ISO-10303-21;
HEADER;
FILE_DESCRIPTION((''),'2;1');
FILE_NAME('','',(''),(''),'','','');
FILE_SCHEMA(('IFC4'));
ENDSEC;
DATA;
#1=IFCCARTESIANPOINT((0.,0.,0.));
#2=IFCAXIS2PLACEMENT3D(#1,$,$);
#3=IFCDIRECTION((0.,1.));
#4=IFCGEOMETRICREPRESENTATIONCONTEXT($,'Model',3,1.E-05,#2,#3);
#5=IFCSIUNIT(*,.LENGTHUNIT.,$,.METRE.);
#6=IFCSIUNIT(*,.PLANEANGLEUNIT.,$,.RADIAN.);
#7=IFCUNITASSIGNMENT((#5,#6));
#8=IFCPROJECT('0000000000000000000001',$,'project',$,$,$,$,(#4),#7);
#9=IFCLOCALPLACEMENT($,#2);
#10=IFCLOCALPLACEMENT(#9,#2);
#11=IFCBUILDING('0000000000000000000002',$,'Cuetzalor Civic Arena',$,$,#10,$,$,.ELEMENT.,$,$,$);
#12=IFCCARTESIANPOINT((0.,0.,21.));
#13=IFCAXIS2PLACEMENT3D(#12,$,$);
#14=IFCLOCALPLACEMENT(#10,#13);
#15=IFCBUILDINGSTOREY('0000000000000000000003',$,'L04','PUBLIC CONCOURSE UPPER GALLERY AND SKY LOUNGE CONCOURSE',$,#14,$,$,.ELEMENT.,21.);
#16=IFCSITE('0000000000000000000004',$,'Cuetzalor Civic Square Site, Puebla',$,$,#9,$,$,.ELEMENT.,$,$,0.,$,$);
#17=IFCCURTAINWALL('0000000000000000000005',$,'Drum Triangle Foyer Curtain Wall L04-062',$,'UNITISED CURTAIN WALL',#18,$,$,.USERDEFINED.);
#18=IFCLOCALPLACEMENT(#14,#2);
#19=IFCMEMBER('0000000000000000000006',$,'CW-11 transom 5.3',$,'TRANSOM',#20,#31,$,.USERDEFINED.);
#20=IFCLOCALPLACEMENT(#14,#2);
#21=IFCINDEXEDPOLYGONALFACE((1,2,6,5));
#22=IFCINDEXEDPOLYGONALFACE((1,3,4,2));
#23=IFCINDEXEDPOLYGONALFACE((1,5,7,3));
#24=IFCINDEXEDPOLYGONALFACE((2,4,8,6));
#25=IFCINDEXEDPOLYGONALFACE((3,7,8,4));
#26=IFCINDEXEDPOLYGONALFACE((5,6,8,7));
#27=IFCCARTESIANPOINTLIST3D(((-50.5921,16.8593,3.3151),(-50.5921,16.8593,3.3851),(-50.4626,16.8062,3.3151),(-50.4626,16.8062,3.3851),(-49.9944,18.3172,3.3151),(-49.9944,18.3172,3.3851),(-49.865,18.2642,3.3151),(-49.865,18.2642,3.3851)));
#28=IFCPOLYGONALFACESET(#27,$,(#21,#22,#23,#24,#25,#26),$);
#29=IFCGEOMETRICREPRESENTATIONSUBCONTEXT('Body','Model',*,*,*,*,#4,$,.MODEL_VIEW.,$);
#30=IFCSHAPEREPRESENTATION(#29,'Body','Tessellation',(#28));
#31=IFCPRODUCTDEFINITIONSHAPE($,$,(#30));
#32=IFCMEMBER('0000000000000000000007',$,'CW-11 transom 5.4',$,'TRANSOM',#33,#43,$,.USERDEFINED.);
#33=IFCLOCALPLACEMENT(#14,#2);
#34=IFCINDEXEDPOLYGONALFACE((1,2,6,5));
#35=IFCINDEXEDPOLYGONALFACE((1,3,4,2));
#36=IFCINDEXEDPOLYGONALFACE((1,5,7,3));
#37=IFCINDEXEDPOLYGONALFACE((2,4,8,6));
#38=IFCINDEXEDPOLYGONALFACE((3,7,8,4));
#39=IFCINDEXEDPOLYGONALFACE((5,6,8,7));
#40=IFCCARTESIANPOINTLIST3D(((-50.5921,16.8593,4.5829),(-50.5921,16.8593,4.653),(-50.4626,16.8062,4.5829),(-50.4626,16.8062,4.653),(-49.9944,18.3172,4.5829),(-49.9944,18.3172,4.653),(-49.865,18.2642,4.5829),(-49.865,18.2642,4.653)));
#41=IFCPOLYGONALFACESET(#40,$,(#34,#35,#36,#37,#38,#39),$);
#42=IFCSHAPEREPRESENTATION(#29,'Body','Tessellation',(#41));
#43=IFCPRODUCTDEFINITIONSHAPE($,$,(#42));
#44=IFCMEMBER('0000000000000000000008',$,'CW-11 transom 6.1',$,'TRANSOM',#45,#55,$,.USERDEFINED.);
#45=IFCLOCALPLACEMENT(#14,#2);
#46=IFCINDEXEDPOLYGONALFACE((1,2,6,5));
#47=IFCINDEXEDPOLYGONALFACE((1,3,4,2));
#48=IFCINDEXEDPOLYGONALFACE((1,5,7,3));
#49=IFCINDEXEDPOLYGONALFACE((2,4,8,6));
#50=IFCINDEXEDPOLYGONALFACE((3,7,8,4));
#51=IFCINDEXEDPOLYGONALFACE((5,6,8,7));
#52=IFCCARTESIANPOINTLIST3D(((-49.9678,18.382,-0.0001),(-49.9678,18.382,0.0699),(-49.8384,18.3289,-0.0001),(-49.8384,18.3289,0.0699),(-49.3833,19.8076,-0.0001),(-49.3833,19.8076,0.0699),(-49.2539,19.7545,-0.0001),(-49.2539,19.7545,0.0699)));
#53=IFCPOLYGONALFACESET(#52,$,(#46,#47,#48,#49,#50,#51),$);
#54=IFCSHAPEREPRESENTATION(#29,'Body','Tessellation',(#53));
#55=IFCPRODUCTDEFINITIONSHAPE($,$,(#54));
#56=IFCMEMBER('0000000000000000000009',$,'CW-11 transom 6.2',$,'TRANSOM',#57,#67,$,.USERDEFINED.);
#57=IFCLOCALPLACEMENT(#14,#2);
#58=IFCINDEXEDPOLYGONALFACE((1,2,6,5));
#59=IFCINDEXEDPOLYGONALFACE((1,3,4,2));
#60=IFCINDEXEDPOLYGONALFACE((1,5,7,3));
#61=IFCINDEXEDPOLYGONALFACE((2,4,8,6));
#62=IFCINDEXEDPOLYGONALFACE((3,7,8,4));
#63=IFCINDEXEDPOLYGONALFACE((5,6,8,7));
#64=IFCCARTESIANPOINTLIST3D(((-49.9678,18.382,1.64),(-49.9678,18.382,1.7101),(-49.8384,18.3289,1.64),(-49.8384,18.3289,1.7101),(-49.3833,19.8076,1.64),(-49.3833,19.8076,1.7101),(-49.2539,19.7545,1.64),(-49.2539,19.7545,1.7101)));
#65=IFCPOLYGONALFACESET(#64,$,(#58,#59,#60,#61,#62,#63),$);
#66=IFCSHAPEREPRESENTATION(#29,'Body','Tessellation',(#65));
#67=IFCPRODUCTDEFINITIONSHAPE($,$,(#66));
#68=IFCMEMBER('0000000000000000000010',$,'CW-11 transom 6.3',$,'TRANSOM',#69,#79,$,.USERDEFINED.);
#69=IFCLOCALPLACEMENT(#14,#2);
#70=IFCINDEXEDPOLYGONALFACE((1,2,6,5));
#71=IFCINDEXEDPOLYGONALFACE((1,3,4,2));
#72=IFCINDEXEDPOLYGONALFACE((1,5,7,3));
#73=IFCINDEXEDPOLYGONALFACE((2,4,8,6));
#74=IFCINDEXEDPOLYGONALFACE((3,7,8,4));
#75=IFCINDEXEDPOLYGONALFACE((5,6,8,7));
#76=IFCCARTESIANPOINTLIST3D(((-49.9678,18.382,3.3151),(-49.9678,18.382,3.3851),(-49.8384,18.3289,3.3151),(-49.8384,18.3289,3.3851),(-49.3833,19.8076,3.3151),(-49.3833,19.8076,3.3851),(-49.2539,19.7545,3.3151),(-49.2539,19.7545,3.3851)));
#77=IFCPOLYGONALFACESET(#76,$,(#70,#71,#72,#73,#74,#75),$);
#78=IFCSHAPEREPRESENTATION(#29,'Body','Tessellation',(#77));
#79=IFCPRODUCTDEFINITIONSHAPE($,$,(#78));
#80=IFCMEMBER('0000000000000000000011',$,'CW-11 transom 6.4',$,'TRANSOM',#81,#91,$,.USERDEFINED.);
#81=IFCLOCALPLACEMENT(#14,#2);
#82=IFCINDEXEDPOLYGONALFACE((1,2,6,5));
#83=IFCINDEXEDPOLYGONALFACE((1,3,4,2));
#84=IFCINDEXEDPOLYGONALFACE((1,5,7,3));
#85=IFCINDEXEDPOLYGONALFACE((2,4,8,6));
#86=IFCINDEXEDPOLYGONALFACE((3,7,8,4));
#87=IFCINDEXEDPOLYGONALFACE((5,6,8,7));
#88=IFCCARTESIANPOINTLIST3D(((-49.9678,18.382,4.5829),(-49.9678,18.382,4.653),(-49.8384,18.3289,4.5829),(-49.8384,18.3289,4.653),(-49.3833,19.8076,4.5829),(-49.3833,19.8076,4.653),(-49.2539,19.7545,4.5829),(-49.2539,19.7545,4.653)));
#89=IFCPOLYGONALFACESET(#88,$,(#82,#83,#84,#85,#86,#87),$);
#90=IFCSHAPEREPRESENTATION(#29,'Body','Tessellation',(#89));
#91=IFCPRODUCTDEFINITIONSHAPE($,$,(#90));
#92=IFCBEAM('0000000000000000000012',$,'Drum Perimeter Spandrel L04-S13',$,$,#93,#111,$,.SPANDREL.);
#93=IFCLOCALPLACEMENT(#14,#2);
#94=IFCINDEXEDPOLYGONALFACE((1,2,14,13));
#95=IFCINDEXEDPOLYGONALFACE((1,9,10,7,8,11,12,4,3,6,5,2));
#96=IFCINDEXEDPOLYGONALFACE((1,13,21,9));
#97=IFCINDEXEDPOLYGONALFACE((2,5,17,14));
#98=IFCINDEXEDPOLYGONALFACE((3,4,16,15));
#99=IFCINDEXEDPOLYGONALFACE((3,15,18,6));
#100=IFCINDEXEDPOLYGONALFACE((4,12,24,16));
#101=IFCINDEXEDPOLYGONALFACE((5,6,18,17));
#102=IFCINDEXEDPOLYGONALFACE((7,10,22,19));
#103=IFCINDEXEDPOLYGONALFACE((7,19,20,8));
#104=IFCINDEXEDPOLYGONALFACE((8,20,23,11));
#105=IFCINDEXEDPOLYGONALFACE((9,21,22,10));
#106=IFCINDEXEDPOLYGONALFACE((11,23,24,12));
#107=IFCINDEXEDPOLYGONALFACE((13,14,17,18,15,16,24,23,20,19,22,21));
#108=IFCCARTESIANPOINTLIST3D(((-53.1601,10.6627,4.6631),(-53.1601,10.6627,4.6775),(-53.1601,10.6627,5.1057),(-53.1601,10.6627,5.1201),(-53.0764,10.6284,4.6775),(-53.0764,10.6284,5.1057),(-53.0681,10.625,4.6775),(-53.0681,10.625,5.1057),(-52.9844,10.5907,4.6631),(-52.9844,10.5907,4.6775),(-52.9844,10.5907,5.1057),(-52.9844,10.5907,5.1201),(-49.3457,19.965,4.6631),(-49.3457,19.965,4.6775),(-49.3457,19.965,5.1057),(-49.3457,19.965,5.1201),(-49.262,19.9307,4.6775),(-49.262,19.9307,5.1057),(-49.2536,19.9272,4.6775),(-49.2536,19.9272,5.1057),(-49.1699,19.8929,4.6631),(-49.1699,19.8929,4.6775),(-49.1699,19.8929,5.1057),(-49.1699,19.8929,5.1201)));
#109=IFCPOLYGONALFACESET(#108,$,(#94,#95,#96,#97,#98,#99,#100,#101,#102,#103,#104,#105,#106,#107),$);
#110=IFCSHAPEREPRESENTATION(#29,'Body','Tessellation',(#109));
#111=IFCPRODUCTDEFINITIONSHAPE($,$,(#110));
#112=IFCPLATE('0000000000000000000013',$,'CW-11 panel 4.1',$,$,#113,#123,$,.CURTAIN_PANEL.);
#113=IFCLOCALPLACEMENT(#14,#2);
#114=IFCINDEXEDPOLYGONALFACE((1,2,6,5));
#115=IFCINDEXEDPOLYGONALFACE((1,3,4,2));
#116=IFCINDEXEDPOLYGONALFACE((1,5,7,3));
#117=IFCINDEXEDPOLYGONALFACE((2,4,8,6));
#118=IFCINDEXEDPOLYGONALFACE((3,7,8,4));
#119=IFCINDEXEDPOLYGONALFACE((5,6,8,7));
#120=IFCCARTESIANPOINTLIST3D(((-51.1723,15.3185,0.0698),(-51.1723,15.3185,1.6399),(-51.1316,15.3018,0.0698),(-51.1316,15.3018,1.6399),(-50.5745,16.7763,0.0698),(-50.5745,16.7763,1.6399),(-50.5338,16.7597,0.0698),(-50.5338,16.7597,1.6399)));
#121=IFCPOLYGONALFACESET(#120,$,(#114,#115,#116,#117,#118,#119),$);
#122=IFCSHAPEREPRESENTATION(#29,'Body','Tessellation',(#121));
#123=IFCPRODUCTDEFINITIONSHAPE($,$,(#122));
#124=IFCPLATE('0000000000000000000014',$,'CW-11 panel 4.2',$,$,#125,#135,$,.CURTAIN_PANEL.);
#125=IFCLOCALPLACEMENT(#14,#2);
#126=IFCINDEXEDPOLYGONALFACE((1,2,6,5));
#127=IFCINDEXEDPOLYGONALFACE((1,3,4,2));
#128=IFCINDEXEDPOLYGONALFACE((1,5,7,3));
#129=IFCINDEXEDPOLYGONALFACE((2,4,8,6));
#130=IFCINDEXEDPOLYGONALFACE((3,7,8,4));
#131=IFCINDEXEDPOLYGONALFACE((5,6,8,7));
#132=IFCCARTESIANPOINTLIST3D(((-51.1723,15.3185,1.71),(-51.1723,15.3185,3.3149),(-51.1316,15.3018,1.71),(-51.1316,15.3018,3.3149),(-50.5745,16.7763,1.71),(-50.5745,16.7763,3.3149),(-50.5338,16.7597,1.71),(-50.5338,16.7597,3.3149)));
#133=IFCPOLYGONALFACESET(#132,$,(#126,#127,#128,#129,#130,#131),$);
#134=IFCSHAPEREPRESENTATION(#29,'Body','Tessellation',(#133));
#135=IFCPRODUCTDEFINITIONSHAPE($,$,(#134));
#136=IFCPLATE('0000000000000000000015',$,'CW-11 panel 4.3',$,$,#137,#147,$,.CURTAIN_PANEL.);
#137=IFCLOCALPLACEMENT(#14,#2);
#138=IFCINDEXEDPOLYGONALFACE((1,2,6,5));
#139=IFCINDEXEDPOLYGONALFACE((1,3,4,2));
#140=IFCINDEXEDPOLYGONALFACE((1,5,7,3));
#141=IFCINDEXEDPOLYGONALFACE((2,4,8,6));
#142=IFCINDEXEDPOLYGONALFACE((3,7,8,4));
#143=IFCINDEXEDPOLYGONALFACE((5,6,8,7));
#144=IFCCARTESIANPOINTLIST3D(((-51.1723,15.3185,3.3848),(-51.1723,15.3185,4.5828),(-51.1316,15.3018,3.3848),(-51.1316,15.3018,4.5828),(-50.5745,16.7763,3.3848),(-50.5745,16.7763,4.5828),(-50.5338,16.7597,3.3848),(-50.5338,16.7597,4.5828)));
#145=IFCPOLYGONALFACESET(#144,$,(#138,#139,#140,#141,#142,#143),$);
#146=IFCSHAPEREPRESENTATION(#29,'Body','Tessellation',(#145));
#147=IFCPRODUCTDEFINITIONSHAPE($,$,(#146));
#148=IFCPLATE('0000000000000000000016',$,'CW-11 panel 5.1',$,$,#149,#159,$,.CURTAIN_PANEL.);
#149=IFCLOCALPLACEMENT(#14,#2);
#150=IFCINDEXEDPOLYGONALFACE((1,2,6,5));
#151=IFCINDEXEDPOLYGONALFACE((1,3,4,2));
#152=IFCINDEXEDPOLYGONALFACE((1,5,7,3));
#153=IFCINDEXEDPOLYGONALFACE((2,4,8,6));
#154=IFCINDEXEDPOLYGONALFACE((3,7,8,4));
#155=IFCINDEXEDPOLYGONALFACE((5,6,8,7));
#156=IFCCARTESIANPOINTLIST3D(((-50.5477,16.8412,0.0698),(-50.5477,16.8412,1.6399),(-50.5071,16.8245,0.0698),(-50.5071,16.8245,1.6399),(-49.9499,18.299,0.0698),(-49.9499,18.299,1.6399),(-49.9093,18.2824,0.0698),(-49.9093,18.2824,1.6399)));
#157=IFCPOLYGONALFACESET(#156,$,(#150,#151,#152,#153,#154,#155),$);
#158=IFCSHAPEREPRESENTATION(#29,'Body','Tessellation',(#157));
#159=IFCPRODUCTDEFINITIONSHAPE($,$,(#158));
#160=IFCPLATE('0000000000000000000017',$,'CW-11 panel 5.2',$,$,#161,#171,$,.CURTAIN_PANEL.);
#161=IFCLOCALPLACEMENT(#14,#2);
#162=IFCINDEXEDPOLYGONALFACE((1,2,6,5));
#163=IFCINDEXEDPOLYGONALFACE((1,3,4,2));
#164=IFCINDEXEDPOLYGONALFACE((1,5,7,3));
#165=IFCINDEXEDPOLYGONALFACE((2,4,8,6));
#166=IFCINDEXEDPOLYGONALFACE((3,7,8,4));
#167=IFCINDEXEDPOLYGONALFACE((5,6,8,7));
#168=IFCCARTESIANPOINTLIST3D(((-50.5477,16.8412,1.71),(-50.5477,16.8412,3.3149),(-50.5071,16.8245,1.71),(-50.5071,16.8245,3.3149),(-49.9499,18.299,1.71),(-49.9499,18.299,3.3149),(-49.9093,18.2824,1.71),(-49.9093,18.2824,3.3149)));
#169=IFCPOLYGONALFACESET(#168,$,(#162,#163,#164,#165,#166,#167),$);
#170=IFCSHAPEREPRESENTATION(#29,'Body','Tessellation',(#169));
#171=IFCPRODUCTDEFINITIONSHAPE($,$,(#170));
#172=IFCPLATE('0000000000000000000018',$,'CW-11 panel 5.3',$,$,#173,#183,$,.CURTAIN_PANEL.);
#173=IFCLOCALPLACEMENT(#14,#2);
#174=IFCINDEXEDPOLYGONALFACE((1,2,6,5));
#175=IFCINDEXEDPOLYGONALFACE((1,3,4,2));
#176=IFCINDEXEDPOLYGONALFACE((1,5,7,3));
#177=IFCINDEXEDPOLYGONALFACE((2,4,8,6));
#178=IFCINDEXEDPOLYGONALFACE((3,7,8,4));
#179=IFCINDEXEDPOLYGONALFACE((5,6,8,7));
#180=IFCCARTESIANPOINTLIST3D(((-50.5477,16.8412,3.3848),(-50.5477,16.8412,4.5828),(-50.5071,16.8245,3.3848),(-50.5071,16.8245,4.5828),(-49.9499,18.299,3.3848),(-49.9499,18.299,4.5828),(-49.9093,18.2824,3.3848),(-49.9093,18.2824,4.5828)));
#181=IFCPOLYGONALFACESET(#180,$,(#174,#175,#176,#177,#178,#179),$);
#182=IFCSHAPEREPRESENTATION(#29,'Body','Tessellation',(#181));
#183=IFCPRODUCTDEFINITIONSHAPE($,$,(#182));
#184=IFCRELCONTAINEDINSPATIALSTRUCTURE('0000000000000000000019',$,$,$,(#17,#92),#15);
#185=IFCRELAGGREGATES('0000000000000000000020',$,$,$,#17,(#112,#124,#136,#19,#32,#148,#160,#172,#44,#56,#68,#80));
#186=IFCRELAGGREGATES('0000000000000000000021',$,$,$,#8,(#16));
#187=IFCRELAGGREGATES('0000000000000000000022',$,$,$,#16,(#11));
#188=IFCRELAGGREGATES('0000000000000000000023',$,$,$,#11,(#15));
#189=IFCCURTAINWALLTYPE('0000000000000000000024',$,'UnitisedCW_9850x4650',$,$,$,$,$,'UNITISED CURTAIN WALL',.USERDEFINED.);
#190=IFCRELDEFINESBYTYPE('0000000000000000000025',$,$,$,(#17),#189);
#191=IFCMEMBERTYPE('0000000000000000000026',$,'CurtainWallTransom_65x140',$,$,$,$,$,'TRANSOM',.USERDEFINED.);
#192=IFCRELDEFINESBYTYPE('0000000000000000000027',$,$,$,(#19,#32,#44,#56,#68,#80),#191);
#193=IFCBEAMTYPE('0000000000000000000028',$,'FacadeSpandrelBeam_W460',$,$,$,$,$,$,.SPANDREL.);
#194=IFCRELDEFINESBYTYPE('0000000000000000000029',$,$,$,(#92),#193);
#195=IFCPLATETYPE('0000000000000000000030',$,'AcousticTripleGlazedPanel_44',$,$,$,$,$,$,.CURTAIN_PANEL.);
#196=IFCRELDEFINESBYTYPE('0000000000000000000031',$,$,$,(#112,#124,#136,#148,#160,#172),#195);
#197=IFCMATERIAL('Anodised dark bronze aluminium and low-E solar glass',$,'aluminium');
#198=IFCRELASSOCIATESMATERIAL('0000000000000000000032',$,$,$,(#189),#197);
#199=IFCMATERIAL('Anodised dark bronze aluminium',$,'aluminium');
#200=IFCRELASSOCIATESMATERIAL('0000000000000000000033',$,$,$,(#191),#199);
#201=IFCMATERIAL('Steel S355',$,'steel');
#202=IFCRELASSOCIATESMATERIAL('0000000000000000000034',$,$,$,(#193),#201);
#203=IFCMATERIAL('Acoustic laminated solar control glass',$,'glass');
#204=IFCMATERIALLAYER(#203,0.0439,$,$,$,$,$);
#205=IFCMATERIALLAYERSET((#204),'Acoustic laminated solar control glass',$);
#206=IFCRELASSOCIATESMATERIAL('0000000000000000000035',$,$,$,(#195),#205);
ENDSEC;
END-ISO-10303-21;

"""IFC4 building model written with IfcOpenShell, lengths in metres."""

from ifc_helpers import new_model, si_unit, direction, frame, origin, origin_2d, place, context, subcontext, project, spatial, rectangle, i_section, extrude, material, layer, layer_set, material_profile, profile_set, type_object, element, aggregate, save


model = new_model("IFC4")

# Units and contexts
model_context = context("Model", 3, precision=1e-05, world=origin(), true_north=direction((0.0, 1.0)))
body_context = subcontext(model_context, "Body", "Model", "MODEL_VIEW")
ifc_project = project(units=[si_unit("LENGTHUNIT", "METRE"), si_unit("PLANEANGLEUNIT", "RADIAN")], contexts=[model_context])

# Site, building, storey
site_placement = place(None, origin())
site = spatial("IfcSite", under=ifc_project, at=site_placement, Name="Cuetzalor Civic Square Site, Puebla", CompositionType="ELEMENT", RefElevation=0.0)
building_placement = place(site_placement, origin())
building = spatial("IfcBuilding", under=site, at=building_placement, Name="Cuetzalor Civic Arena", CompositionType="ELEMENT")
storey_placement = place(building_placement, frame((0.0, 0.0, 21.0)))
storey = spatial("IfcBuildingStorey", under=building, at=storey_placement, Name="L04", Description="PUBLIC CONCOURSE UPPER GALLERY AND SKY LOUNGE CONCOURSE", CompositionType="ELEMENT", Elevation=21.0)

# Curtain wall, members
ifc_material_1 = material(Name="Anodised dark bronze aluminium and low-E solar glass", Category="aluminium")
curtain_wall_type = type_object("IfcCurtainWallType", Name="UnitisedCW_9850x4650", ElementType="UNITISED CURTAIN WALL", PredefinedType="USERDEFINED", material=ifc_material_1)
curtain_wall_placement = place(storey_placement, origin())
curtain_wall = element("IfcCurtainWall", 1, at=curtain_wall_placement, inside=storey, type_object=curtain_wall_type, Name="Drum Triangle Foyer Curtain Wall L04-062", ObjectType="UNITISED CURTAIN WALL", PredefinedType="USERDEFINED")
ifc_material_2 = material(Name="Anodised dark bronze aluminium", Category="aluminium")
ifc_material_profile_1 = material_profile(ifc_material_2, rectangle(XDim=0.1399, YDim=0.0701, at=origin_2d()), Name="ALU TRANSOM 70x140")
ifc_profile_set_1 = profile_set([ifc_material_profile_1], Name="Anodised dark bronze aluminium")
member_type_1 = type_object("IfcMemberType", Name="CurtainWallTransom_65x140", ElementType="TRANSOM", PredefinedType="USERDEFINED", material=ifc_profile_set_1)
member_1_placement = place(storey_placement, frame((-50.5273, 16.8328, 3.3501), z_axis=(0.379284, 0.92528, 0.0), x_axis=(-0.92528, 0.379284, 0.0)))
member_1 = element("IfcMember", 2, at=member_1_placement, type_object=member_type_1, Name="CW-11 transom 5.3", ObjectType="TRANSOM", PredefinedType="USERDEFINED", context=body_context, shape_type="SweptSolid", body=[
    extrude(rectangle(XDim=0.1399, YDim=0.0701, at=origin_2d()), origin(), (0.0, 0.0, 1.0), 1.5757),
])
member_2_placement = place(storey_placement, frame((-50.5273, 16.8328, 4.6179), z_axis=(0.379284, 0.92528, 0.0), x_axis=(-0.92528, 0.379284, 0.0)))
member_2 = element("IfcMember", 3, at=member_2_placement, type_object=member_type_1, Name="CW-11 transom 5.4", ObjectType="TRANSOM", PredefinedType="USERDEFINED", context=body_context, shape_type="SweptSolid", body=[
    extrude(rectangle(XDim=0.1399, YDim=0.0701, at=origin_2d()), origin(), (0.0, 0.0, 1.0), 1.5757),
])
member_3_placement = place(storey_placement, frame((-49.9031, 18.3555, 0.0349), z_axis=(0.379355, 0.925251, 0.0), x_axis=(-0.925251, 0.379355, 0.0)))
member_3 = element("IfcMember", 4, at=member_3_placement, type_object=member_type_1, Name="CW-11 transom 6.1", ObjectType="TRANSOM", PredefinedType="USERDEFINED", context=body_context, shape_type="SweptSolid", body=[
    extrude(rectangle(XDim=0.1399, YDim=0.0701, at=origin_2d()), origin(), (0.0, 0.0, 1.0), 1.5408),
])
member_4_placement = place(storey_placement, frame((-49.9031, 18.3555, 1.675), z_axis=(0.379355, 0.925251, 0.0), x_axis=(-0.925251, 0.379355, 0.0)))
member_4 = element("IfcMember", 5, at=member_4_placement, type_object=member_type_1, Name="CW-11 transom 6.2", ObjectType="TRANSOM", PredefinedType="USERDEFINED", context=body_context, shape_type="SweptSolid", body=[
    extrude(rectangle(XDim=0.1399, YDim=0.0701, at=origin_2d()), origin(), (0.0, 0.0, 1.0), 1.5408),
])
member_5_placement = place(storey_placement, frame((-49.9031, 18.3555, 3.3501), z_axis=(0.379355, 0.925251, 0.0), x_axis=(-0.925251, 0.379355, 0.0)))
member_5 = element("IfcMember", 6, at=member_5_placement, type_object=member_type_1, Name="CW-11 transom 6.3", ObjectType="TRANSOM", PredefinedType="USERDEFINED", context=body_context, shape_type="SweptSolid", body=[
    extrude(rectangle(XDim=0.1399, YDim=0.0701, at=origin_2d()), origin(), (0.0, 0.0, 1.0), 1.5408),
])
member_6_placement = place(storey_placement, frame((-49.9031, 18.3555, 4.6179), z_axis=(0.379355, 0.925251, 0.0), x_axis=(-0.925251, 0.379355, 0.0)))
member_6 = element("IfcMember", 7, at=member_6_placement, type_object=member_type_1, Name="CW-11 transom 6.4", ObjectType="TRANSOM", PredefinedType="USERDEFINED", context=body_context, shape_type="SweptSolid", body=[
    extrude(rectangle(XDim=0.1399, YDim=0.0701, at=origin_2d()), origin(), (0.0, 0.0, 1.0), 1.5408),
])

# Beam
ifc_material_3 = material(Name="Steel S355", Category="steel")
ifc_material_profile_2 = material_profile(ifc_material_3, i_section(OverallWidth=0.1899, OverallDepth=0.457, WebThickness=0.009, FlangeThickness=0.0144, at=origin_2d()), Name="W460x74")
ifc_profile_set_2 = profile_set([ifc_material_profile_2], Name="Steel S355")
beam_type = type_object("IfcBeamType", Name="FacadeSpandrelBeam_W460", PredefinedType="SPANDREL", material=ifc_profile_set_2)
beam_placement = place(storey_placement, frame((-49.2578, 19.929, 4.8916), z_axis=(-0.379399, -0.925233, 0.0), x_axis=(0.925233, -0.379399, 0.0)))
element("IfcBeam", 8, at=beam_placement, inside=storey, type_object=beam_type, Name="Drum Perimeter Spandrel L04-S13", PredefinedType="SPANDREL", context=body_context, shape_type="SweptSolid", body=[
    extrude(i_section(OverallWidth=0.1899, OverallDepth=0.457, WebThickness=0.009, FlangeThickness=0.0144, at=origin_2d()), origin(), (0.0, 0.0, 1.0), 10.054),
])

# Plates
ifc_material_4 = material(Name="Acoustic laminated solar control glass", Category="glass")
ifc_layer_1 = layer(ifc_material_4, 0.0439)
ifc_layer_set_1 = layer_set([ifc_layer_1], Name="Acoustic laminated solar control glass")
plate_type = type_object("IfcPlateType", Name="AcousticTripleGlazedPanel_44", PredefinedType="CURTAIN_PANEL", material=ifc_layer_set_1)
plate_1_placement = place(storey_placement, frame((-50.853, 16.0391, 0.0698), z_axis=(0.0, 0.0, 1.0), x_axis=(0.379391, 0.925236, 0.0)))
plate_1 = element("IfcPlate", 9, at=plate_1_placement, type_object=plate_type, Name="CW-11 panel 4.1", PredefinedType="CURTAIN_PANEL", context=body_context, shape_type="SweptSolid", body=[
    extrude(rectangle(XDim=1.5757, YDim=0.0439, at=origin_2d()), origin(), (0.0, 0.0, 1.0), 1.5701),
])
plate_2_placement = place(storey_placement, frame((-50.853, 16.0391, 1.71), z_axis=(0.0, 0.0, 1.0), x_axis=(0.379391, 0.925236, 0.0)))
plate_2 = element("IfcPlate", 10, at=plate_2_placement, type_object=plate_type, Name="CW-11 panel 4.2", PredefinedType="CURTAIN_PANEL", context=body_context, shape_type="SweptSolid", body=[
    extrude(rectangle(XDim=1.5757, YDim=0.0439, at=origin_2d()), origin(), (0.0, 0.0, 1.0), 1.605),
])
plate_3_placement = place(storey_placement, frame((-50.853, 16.0391, 3.3848), z_axis=(0.0, 0.0, 1.0), x_axis=(0.379391, 0.925236, 0.0)))
plate_3 = element("IfcPlate", 11, at=plate_3_placement, type_object=plate_type, Name="CW-11 panel 4.3", PredefinedType="CURTAIN_PANEL", context=body_context, shape_type="SweptSolid", body=[
    extrude(rectangle(XDim=1.5757, YDim=0.0439, at=origin_2d()), origin(), (0.0, 0.0, 1.0), 1.198),
])
plate_4_placement = place(storey_placement, frame((-50.2285, 17.5618, 0.0698), z_axis=(0.0, 0.0, 1.0), x_axis=(0.379391, 0.925236, 0.0)))
plate_4 = element("IfcPlate", 12, at=plate_4_placement, type_object=plate_type, Name="CW-11 panel 5.1", PredefinedType="CURTAIN_PANEL", context=body_context, shape_type="SweptSolid", body=[
    extrude(rectangle(XDim=1.5757, YDim=0.0439, at=origin_2d()), origin(), (0.0, 0.0, 1.0), 1.5701),
])
plate_5_placement = place(storey_placement, frame((-50.2285, 17.5618, 1.71), z_axis=(0.0, 0.0, 1.0), x_axis=(0.379391, 0.925236, 0.0)))
plate_5 = element("IfcPlate", 13, at=plate_5_placement, type_object=plate_type, Name="CW-11 panel 5.2", PredefinedType="CURTAIN_PANEL", context=body_context, shape_type="SweptSolid", body=[
    extrude(rectangle(XDim=1.5757, YDim=0.0439, at=origin_2d()), origin(), (0.0, 0.0, 1.0), 1.605),
])
plate_6_placement = place(storey_placement, frame((-50.2285, 17.5618, 3.3848), z_axis=(0.0, 0.0, 1.0), x_axis=(0.379391, 0.925236, 0.0)))
plate_6 = element("IfcPlate", 14, at=plate_6_placement, type_object=plate_type, Name="CW-11 panel 5.3", PredefinedType="CURTAIN_PANEL", context=body_context, shape_type="SweptSolid", body=[
    extrude(rectangle(XDim=1.5757, YDim=0.0439, at=origin_2d()), origin(), (0.0, 0.0, 1.0), 1.198),
])
aggregate(curtain_wall, [plate_1, plate_2, plate_3, member_1, member_2, plate_4, plate_5, plate_6, member_3, member_4, member_5, member_6])

save(model, "model.ifc")
